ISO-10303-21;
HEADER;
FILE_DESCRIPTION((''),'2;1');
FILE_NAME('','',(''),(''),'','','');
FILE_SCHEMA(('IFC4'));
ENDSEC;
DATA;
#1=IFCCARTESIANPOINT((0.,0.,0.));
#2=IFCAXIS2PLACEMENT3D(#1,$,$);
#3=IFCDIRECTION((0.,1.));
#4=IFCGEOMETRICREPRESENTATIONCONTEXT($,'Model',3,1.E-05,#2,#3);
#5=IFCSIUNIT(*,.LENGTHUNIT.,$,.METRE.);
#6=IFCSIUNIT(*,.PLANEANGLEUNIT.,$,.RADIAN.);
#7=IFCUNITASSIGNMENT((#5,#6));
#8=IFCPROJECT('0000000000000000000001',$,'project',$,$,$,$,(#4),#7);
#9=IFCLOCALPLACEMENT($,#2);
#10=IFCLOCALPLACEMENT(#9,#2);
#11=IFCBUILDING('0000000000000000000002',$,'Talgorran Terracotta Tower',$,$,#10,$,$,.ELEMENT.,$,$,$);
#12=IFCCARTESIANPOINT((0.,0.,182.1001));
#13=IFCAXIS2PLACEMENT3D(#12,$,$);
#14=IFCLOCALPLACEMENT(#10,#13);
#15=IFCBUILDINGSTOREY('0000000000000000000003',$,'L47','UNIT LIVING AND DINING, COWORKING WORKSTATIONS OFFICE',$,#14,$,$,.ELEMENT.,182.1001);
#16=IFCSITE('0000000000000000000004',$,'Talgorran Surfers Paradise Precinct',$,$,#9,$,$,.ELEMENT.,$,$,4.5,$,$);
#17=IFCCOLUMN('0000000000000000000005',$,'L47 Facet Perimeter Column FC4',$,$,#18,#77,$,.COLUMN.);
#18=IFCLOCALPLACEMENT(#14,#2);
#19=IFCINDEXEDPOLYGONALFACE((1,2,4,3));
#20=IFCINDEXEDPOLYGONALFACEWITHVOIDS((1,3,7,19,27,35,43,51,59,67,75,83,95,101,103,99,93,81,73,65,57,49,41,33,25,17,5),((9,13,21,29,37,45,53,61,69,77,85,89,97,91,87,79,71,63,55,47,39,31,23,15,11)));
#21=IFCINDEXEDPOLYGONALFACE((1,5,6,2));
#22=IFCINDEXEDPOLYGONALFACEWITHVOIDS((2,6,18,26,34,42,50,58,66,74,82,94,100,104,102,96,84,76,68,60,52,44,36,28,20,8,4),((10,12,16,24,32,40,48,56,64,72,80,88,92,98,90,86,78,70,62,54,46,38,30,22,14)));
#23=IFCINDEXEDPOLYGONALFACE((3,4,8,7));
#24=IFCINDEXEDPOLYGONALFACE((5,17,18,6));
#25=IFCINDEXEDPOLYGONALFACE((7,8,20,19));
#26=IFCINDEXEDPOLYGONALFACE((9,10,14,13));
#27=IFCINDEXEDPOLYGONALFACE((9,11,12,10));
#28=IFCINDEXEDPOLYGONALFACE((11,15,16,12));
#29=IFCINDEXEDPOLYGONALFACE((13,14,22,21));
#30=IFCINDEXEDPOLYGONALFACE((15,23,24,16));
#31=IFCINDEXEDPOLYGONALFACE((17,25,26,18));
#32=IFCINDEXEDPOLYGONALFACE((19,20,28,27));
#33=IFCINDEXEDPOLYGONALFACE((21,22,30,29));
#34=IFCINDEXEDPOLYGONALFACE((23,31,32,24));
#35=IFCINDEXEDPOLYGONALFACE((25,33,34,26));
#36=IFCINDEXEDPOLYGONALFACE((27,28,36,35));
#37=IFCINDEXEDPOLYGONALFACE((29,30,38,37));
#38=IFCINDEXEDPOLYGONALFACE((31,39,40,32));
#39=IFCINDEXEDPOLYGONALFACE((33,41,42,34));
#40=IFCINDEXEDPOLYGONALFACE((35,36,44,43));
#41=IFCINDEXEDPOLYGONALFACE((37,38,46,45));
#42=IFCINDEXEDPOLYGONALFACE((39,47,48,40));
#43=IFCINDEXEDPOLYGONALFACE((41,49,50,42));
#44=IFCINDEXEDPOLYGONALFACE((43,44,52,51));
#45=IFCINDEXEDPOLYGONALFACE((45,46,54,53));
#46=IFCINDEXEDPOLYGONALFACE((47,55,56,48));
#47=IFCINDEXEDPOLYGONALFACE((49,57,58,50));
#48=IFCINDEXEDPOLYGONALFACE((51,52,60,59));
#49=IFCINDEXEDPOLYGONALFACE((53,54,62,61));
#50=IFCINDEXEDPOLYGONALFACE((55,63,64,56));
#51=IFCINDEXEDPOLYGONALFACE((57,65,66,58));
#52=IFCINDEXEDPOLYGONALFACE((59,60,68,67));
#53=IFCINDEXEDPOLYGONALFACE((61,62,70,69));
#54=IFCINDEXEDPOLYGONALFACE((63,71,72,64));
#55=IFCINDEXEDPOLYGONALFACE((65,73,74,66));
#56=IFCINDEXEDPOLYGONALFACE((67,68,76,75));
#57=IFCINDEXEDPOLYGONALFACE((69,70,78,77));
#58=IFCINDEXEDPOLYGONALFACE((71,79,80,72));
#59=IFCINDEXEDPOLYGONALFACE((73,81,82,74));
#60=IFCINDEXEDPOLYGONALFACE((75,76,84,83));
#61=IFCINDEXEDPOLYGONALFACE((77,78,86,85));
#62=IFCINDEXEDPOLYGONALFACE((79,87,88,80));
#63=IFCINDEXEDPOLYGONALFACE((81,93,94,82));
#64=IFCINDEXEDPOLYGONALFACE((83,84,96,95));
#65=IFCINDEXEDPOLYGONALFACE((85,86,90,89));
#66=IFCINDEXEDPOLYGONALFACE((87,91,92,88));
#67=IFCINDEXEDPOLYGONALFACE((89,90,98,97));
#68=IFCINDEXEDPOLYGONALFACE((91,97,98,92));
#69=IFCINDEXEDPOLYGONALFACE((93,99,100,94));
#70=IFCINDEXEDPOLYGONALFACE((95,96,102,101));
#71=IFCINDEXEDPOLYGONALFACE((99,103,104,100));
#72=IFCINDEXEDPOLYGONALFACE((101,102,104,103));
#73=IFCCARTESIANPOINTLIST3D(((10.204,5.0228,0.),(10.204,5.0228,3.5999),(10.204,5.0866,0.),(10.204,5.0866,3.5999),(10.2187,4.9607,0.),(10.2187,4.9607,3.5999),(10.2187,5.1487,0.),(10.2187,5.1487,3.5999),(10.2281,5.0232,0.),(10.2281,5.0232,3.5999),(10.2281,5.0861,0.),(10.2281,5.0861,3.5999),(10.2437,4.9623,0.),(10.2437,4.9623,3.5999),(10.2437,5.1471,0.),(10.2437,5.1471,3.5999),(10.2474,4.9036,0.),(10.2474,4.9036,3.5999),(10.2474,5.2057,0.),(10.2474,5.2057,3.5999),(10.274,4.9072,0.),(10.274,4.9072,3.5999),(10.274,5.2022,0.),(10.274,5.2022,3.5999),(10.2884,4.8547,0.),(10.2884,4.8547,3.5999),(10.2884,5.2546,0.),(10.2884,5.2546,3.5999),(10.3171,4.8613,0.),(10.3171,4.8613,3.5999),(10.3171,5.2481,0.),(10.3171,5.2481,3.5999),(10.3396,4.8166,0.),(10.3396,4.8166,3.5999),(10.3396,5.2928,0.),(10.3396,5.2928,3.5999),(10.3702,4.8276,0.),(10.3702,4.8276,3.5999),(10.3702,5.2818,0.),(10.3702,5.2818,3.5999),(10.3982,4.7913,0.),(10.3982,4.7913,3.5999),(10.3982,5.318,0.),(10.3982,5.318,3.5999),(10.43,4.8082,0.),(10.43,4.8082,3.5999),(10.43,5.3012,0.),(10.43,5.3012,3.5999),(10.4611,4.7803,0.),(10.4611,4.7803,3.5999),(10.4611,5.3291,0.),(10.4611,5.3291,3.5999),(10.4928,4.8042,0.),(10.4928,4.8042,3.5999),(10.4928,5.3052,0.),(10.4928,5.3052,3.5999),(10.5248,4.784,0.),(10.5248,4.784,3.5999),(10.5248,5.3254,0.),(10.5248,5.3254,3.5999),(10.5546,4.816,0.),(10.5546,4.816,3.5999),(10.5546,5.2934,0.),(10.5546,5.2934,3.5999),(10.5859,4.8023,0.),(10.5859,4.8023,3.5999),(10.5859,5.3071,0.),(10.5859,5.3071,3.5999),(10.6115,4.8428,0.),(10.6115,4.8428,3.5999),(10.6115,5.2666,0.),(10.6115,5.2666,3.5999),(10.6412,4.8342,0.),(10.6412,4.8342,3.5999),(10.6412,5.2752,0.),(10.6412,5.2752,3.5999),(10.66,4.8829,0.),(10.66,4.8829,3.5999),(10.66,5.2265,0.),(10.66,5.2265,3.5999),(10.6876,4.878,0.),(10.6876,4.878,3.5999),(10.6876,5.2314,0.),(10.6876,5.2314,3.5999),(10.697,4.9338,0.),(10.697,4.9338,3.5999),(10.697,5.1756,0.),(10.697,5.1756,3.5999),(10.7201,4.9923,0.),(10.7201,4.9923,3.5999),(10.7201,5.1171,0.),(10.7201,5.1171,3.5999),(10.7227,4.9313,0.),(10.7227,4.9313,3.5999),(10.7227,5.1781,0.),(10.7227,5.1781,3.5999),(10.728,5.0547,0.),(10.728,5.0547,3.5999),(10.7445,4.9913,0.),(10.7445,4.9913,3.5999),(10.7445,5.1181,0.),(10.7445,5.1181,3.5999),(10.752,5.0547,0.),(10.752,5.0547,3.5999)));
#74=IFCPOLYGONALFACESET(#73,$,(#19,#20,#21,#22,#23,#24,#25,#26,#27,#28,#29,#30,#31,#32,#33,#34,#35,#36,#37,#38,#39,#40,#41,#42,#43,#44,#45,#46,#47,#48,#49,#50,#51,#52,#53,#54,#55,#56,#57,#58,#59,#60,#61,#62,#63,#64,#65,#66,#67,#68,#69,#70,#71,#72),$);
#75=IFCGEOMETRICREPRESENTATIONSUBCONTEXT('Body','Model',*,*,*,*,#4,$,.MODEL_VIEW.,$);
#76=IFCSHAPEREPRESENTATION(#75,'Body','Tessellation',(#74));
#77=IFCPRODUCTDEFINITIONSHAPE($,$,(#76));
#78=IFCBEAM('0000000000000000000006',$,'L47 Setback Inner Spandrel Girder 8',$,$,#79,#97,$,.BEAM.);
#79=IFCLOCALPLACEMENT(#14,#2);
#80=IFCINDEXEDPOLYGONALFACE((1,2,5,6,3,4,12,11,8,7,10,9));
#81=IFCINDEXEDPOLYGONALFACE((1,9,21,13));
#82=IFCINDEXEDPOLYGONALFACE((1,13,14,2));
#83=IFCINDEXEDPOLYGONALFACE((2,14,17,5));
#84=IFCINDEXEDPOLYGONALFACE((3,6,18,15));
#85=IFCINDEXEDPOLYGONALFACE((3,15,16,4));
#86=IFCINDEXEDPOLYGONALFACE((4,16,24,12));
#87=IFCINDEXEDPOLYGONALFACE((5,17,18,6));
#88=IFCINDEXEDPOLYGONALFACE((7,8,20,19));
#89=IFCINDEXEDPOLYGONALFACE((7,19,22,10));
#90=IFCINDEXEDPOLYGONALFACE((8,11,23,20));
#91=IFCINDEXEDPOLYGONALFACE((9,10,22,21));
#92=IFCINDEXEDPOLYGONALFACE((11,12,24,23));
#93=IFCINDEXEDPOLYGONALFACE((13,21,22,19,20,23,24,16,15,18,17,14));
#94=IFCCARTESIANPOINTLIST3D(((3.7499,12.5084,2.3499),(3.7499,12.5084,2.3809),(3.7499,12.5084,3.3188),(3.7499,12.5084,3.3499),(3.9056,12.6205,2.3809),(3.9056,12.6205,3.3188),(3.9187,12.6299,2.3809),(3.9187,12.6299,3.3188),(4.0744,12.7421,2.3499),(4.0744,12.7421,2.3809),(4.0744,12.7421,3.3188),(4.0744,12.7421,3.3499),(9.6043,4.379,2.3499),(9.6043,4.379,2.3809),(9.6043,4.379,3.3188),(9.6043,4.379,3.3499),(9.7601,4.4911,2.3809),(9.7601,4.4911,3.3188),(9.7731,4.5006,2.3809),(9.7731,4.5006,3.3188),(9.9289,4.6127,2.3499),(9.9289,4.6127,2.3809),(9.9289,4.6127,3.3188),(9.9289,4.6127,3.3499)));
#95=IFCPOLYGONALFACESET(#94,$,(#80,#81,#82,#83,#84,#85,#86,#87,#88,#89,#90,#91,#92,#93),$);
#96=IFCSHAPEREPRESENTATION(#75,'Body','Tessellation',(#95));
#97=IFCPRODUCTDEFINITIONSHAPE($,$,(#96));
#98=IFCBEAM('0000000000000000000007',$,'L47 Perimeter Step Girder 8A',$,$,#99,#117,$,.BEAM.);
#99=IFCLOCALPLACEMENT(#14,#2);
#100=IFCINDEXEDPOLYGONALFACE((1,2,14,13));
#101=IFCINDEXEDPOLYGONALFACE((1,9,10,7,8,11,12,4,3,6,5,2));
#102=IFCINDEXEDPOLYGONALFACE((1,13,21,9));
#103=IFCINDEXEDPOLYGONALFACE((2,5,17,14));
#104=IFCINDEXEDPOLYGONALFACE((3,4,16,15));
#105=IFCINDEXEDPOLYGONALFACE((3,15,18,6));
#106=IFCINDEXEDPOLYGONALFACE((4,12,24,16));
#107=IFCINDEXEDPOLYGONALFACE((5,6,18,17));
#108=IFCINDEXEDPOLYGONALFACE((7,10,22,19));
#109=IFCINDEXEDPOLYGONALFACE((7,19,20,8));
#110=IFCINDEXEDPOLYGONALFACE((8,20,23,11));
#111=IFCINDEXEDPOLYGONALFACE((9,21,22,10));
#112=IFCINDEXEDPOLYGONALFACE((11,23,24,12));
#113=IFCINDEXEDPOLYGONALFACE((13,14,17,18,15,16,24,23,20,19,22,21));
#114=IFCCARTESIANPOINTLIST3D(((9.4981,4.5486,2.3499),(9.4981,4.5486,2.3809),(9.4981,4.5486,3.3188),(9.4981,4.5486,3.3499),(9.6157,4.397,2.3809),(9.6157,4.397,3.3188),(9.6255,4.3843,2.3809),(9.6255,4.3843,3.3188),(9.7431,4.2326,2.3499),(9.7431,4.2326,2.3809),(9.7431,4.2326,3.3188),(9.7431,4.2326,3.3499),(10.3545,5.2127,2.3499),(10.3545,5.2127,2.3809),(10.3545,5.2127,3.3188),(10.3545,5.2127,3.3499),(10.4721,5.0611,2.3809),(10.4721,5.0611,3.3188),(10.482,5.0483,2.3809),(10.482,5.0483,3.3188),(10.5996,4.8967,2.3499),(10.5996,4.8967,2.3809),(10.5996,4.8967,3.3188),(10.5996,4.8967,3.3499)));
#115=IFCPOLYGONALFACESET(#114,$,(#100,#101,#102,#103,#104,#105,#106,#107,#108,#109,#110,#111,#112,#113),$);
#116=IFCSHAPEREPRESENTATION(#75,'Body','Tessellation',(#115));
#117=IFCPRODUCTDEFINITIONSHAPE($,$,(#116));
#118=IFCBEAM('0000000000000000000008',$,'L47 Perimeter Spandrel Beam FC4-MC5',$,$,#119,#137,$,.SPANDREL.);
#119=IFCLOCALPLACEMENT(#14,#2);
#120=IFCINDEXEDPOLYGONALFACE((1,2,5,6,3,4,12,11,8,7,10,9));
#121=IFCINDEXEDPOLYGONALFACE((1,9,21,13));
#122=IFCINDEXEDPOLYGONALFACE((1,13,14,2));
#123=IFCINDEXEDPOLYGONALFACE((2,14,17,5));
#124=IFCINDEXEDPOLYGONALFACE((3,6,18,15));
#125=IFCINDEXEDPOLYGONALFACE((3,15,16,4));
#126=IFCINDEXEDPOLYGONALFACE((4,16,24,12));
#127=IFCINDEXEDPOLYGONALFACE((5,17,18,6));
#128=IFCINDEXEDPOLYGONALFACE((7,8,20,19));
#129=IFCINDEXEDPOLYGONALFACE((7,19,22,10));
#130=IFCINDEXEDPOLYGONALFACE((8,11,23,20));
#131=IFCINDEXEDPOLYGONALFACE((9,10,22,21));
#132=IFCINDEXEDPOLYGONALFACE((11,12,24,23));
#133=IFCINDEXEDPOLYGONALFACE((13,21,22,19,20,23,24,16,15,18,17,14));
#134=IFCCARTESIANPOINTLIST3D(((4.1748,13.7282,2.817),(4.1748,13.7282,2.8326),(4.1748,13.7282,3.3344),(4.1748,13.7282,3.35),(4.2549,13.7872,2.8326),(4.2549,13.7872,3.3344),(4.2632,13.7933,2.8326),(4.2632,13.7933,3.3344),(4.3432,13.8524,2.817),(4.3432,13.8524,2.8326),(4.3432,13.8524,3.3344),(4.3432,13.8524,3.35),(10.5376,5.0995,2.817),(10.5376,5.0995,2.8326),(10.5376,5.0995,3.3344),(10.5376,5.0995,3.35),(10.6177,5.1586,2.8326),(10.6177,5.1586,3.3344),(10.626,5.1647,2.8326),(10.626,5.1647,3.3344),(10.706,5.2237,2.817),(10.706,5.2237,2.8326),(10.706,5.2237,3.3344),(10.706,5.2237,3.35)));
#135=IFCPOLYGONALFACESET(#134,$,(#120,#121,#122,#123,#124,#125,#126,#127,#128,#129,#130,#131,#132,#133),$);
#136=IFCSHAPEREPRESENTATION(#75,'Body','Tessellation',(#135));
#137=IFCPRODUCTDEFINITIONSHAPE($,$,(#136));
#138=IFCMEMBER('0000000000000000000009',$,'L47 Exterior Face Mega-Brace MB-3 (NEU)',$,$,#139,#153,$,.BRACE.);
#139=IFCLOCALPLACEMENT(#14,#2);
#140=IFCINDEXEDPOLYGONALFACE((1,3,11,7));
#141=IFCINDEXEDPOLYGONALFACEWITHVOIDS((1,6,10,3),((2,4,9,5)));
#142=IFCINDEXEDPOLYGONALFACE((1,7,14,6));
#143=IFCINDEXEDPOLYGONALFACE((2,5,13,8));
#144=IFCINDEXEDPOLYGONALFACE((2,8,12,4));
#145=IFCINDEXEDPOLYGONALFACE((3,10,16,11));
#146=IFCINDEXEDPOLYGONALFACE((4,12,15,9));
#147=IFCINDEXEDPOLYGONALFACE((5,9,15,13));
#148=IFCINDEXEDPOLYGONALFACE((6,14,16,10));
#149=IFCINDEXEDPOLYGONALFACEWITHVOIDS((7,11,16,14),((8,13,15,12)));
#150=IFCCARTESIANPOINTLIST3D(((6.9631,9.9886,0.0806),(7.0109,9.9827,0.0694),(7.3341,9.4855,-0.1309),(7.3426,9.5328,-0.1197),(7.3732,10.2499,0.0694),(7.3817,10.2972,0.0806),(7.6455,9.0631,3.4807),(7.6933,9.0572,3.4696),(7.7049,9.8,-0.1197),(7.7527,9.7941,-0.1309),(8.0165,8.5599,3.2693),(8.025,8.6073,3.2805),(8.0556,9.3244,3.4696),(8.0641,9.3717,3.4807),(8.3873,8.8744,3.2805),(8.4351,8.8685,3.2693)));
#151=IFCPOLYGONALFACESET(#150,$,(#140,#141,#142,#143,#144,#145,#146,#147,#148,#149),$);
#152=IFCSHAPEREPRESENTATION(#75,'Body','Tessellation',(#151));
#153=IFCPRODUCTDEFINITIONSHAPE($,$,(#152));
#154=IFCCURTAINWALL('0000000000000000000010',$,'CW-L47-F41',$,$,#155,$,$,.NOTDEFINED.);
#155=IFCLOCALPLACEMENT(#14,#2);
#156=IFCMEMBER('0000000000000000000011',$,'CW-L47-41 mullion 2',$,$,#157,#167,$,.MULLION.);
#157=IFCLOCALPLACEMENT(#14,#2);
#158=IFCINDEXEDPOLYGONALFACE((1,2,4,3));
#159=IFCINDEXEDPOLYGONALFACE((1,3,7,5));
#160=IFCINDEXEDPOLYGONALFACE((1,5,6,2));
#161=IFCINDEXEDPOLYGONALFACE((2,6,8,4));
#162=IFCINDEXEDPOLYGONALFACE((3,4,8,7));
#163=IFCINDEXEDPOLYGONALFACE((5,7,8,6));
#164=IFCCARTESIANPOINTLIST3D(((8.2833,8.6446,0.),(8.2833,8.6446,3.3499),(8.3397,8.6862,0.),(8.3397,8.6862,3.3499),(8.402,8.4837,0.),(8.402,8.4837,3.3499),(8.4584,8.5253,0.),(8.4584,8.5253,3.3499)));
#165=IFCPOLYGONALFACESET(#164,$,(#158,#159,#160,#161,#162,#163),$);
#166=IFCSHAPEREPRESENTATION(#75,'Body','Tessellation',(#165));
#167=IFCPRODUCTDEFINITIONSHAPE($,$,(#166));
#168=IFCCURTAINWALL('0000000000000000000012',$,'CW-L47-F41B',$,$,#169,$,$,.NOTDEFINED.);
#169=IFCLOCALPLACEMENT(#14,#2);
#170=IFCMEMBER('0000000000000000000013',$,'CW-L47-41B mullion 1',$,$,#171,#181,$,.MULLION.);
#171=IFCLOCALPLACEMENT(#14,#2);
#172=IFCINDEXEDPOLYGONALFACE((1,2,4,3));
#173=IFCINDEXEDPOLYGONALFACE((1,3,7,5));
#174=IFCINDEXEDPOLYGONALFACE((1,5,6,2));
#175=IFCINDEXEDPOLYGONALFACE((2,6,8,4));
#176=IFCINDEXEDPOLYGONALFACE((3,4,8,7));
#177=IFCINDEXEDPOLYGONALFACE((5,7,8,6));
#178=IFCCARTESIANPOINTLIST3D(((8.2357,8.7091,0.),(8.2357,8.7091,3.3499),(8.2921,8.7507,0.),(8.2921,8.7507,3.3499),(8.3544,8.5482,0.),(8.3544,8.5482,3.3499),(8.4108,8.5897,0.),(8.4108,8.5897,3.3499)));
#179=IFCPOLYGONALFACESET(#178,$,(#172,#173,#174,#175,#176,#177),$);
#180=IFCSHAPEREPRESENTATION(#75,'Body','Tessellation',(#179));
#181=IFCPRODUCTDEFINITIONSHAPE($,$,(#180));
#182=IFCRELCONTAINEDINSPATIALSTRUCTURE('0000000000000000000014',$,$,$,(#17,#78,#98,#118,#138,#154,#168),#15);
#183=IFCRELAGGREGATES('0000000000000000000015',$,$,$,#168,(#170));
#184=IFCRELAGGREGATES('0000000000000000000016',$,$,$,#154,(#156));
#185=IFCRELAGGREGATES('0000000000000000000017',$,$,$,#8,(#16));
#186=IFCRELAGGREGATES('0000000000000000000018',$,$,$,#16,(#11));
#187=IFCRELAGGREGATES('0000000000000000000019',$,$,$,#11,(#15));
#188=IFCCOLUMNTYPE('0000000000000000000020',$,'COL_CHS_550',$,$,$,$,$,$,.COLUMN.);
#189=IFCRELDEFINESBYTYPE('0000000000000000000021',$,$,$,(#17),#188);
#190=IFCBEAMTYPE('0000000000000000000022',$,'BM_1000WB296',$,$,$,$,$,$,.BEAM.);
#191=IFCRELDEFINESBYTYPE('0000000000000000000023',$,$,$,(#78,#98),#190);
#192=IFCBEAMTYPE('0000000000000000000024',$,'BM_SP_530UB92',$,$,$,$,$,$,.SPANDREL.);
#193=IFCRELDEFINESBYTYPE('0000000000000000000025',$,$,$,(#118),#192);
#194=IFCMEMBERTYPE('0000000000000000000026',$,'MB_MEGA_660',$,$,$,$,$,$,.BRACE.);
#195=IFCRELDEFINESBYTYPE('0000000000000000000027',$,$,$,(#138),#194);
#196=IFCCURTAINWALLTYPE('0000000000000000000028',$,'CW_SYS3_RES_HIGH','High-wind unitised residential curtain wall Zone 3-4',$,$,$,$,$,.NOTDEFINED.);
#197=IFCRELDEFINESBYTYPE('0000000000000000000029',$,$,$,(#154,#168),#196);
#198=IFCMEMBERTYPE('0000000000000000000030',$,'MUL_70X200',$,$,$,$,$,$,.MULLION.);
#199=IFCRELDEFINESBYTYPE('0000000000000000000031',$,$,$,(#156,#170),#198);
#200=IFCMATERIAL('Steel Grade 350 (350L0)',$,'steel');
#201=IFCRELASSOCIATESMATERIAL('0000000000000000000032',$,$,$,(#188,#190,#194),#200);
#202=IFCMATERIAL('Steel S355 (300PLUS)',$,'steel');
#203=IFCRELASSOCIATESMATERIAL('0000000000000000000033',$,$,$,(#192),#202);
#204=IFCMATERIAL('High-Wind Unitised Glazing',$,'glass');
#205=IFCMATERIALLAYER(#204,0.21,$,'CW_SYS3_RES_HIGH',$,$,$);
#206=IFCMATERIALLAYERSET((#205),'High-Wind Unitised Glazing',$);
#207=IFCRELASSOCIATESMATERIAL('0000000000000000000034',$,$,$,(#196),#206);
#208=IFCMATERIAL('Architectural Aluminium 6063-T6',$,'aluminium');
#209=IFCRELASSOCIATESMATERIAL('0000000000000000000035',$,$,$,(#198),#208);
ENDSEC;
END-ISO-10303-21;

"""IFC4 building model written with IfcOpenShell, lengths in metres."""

from ifc_helpers import new_model, si_unit, direction, frame, origin, origin_2d, place, context, subcontext, project, spatial, rectangle, hollow_rectangle, hollow_circle, i_section, extrude, material, layer, layer_set, material_profile, profile_set, type_object, element, aggregate, save


model = new_model("IFC4")

# Units and contexts
model_context = context("Model", 3, precision=1e-05, world=origin(), true_north=direction((0.0, 1.0)))
body_context = subcontext(model_context, "Body", "Model", "MODEL_VIEW")
ifc_project = project(units=[si_unit("LENGTHUNIT", "METRE"), si_unit("PLANEANGLEUNIT", "RADIAN")], contexts=[model_context])

# Site, building, storey
site_placement = place(None, origin())
site = spatial("IfcSite", under=ifc_project, at=site_placement, Name="Talgorran Surfers Paradise Precinct", CompositionType="ELEMENT", RefElevation=4.5)
building_placement = place(site_placement, origin())
building = spatial("IfcBuilding", under=site, at=building_placement, Name="Talgorran Terracotta Tower", CompositionType="ELEMENT")
storey_placement = place(building_placement, frame((0.0, 0.0, 182.1001)))
storey = spatial("IfcBuildingStorey", under=building, at=storey_placement, Name="L47", Description="UNIT LIVING AND DINING, COWORKING WORKSTATIONS OFFICE", CompositionType="ELEMENT", Elevation=182.1001)

# Column
ifc_material_1 = material(Name="Steel Grade 350 (350L0)", Category="steel")
ifc_material_profile_1 = material_profile(ifc_material_1, hollow_circle(Radius=0.2749, WallThickness=0.0239, at=origin_2d()), Name="CHS550X24")
ifc_profile_set_1 = profile_set([ifc_material_profile_1], Name="Steel Grade 350 (350L0)")
column_type = type_object("IfcColumnType", Name="COL_CHS_550", PredefinedType="COLUMN", material=ifc_profile_set_1)
column_placement = place(storey_placement, frame((10.4771, 5.0547, 0.0), z_axis=(0.0, 0.0, 1.0), x_axis=(1.0, 0.0, 0.0)))
element("IfcColumn", 1, at=column_placement, inside=storey, type_object=column_type, Name="L47 Facet Perimeter Column FC4", PredefinedType="COLUMN", context=body_context, shape_type="SweptSolid", body=[
    extrude(hollow_circle(Radius=0.2749, WallThickness=0.0239, at=origin_2d()), origin(), (0.0, 0.0, 1.0), 3.5999),
])

# Beams
ifc_material_profile_2 = material_profile(ifc_material_1, i_section(OverallWidth=0.3999, OverallDepth=1.0, WebThickness=0.0161, FlangeThickness=0.031, at=origin_2d()), Name="1000WB296")
ifc_profile_set_2 = profile_set([ifc_material_profile_2], Name="Steel Grade 350 (350L0)")
beam_type_1 = type_object("IfcBeamType", Name="BM_1000WB296", PredefinedType="BEAM", material=ifc_profile_set_2)
beam_1_placement = place(storey_placement, frame((9.7666, 4.4958, 2.8499), z_axis=(-0.584392, 0.811471, 0.0), x_axis=(-0.811471, -0.584392, 0.0)))
element("IfcBeam", 2, at=beam_1_placement, inside=storey, type_object=beam_type_1, Name="L47 Setback Inner Spandrel Girder 8", PredefinedType="BEAM", context=body_context, shape_type="SweptSolid", body=[
    extrude(i_section(OverallWidth=0.3999, OverallDepth=1.0, WebThickness=0.0161, FlangeThickness=0.031, at=origin_2d()), origin(), (0.0, 0.0, 1.0), 10.0181),
])
beam_2_placement = place(storey_placement, frame((10.4771, 5.0547, 2.8499), z_axis=(-0.790273, -0.612755, 0.0), x_axis=(0.612755, -0.790273, 0.0)))
element("IfcBeam", 3, at=beam_2_placement, inside=storey, type_object=beam_type_1, Name="L47 Perimeter Step Girder 8A", PredefinedType="BEAM", context=body_context, shape_type="SweptSolid", body=[
    extrude(i_section(OverallWidth=0.3999, OverallDepth=1.0, WebThickness=0.0161, FlangeThickness=0.031, at=origin_2d()), origin(), (0.0, 0.0, 1.0), 1.0837),
])
ifc_material_2 = material(Name="Steel S355 (300PLUS)", Category="steel")
ifc_material_profile_3 = material_profile(ifc_material_2, i_section(OverallWidth=0.2092, OverallDepth=0.533, WebThickness=0.0103, FlangeThickness=0.0156, at=origin_2d()), Name="530UB92.4")
ifc_profile_set_3 = profile_set([ifc_material_profile_3], Name="Steel S355 (300PLUS)")
beam_type_2 = type_object("IfcBeamType", Name="BM_SP_530UB92", PredefinedType="SPANDREL", material=ifc_profile_set_3)
beam_3_placement = place(storey_placement, frame((10.6218, 5.1616, 3.0835), z_axis=(-0.593491, 0.804841, 0.0), x_axis=(-0.804841, -0.593491, 0.0)))
element("IfcBeam", 4, at=beam_3_placement, inside=storey, type_object=beam_type_2, Name="L47 Perimeter Spandrel Beam FC4-MC5", PredefinedType="SPANDREL", context=body_context, shape_type="SweptSolid", body=[
    extrude(i_section(OverallWidth=0.2092, OverallDepth=0.533, WebThickness=0.0103, FlangeThickness=0.0156, at=origin_2d()), origin(), (0.0, 0.0, 1.0), 10.7209),
])

# Member
ifc_material_profile_4 = material_profile(ifc_material_1, hollow_rectangle(XDim=0.52, YDim=0.6599, WallThickness=0.0349, at=origin_2d()), Name="WBOX660X520X35")
ifc_profile_set_4 = profile_set([ifc_material_profile_4], Name="Steel Grade 350 (350L0)")
member_type_1 = type_object("IfcMemberType", Name="MB_MEGA_660", PredefinedType="BRACE", material=ifc_profile_set_4)
member_1_placement = place(storey_placement, frame((7.3579, 9.8914, -0.0251), z_axis=(0.190112, -0.257858, 0.947294), x_axis=(0.80489, 0.593424, 0.0)))
element("IfcMember", 5, at=member_1_placement, inside=storey, type_object=member_type_1, Name="L47 Exterior Face Mega-Brace MB-3 (NEU)", PredefinedType="BRACE", context=body_context, shape_type="SweptSolid", body=[
    extrude(hollow_rectangle(XDim=0.52, YDim=0.6599, WallThickness=0.0349, at=origin_2d()), origin(), (0.0, 0.0, 1.0), 3.5894),
])

# Curtain wall, member
ifc_material_3 = material(Name="High-Wind Unitised Glazing", Category="glass")
ifc_layer_1 = layer(ifc_material_3, 0.21, Name="CW_SYS3_RES_HIGH")
ifc_layer_set_1 = layer_set([ifc_layer_1], Name="High-Wind Unitised Glazing")
curtain_wall_type = type_object("IfcCurtainWallType", Name="CW_SYS3_RES_HIGH", Description="High-wind unitised residential curtain wall Zone 3-4", PredefinedType="NOTDEFINED", material=ifc_layer_set_1)
curtain_wall_1_placement = place(storey_placement, origin())
curtain_wall_1 = element("IfcCurtainWall", 6, at=curtain_wall_1_placement, inside=storey, type_object=curtain_wall_type, Name="CW-L47-F41", PredefinedType="NOTDEFINED")
ifc_material_4 = material(Name="Architectural Aluminium 6063-T6", Category="aluminium")
ifc_material_profile_5 = material_profile(ifc_material_4, rectangle(XDim=0.0701, YDim=0.2, at=origin_2d()), Name="CWM70X200")
ifc_profile_set_5 = profile_set([ifc_material_profile_5], Name="Architectural Aluminium 6063-T6")
member_type_2 = type_object("IfcMemberType", Name="MUL_70X200", PredefinedType="MULLION", material=ifc_profile_set_5)
member_2_placement = place(storey_placement, frame((8.3708, 8.585, 0.0), z_axis=(0.0, 0.0, 1.0), x_axis=(-0.804842, -0.593489, 0.0)))
member_2 = element("IfcMember", 7, at=member_2_placement, type_object=member_type_2, Name="CW-L47-41 mullion 2", PredefinedType="MULLION", context=body_context, shape_type="SweptSolid", body=[
    extrude(rectangle(XDim=0.0701, YDim=0.2, at=origin_2d()), origin(), (0.0, 0.0, 1.0), 3.3499),
])

# Curtain wall, member
curtain_wall_2_placement = place(storey_placement, origin())
curtain_wall_2 = element("IfcCurtainWall", 8, at=curtain_wall_2_placement, inside=storey, type_object=curtain_wall_type, Name="CW-L47-F41B", PredefinedType="NOTDEFINED")
member_3_placement = place(storey_placement, frame((8.3232, 8.6494, 0.0), z_axis=(0.0, 0.0, 1.0), x_axis=(-0.804849, -0.59348, 0.0)))
member_3 = element("IfcMember", 9, at=member_3_placement, type_object=member_type_2, Name="CW-L47-41B mullion 1", PredefinedType="MULLION", context=body_context, shape_type="SweptSolid", body=[
    extrude(rectangle(XDim=0.0701, YDim=0.2, at=origin_2d()), origin(), (0.0, 0.0, 1.0), 3.3499),
])

aggregate(curtain_wall_2, [member_3])
aggregate(curtain_wall_1, [member_2])

save(model, "model.ifc")
